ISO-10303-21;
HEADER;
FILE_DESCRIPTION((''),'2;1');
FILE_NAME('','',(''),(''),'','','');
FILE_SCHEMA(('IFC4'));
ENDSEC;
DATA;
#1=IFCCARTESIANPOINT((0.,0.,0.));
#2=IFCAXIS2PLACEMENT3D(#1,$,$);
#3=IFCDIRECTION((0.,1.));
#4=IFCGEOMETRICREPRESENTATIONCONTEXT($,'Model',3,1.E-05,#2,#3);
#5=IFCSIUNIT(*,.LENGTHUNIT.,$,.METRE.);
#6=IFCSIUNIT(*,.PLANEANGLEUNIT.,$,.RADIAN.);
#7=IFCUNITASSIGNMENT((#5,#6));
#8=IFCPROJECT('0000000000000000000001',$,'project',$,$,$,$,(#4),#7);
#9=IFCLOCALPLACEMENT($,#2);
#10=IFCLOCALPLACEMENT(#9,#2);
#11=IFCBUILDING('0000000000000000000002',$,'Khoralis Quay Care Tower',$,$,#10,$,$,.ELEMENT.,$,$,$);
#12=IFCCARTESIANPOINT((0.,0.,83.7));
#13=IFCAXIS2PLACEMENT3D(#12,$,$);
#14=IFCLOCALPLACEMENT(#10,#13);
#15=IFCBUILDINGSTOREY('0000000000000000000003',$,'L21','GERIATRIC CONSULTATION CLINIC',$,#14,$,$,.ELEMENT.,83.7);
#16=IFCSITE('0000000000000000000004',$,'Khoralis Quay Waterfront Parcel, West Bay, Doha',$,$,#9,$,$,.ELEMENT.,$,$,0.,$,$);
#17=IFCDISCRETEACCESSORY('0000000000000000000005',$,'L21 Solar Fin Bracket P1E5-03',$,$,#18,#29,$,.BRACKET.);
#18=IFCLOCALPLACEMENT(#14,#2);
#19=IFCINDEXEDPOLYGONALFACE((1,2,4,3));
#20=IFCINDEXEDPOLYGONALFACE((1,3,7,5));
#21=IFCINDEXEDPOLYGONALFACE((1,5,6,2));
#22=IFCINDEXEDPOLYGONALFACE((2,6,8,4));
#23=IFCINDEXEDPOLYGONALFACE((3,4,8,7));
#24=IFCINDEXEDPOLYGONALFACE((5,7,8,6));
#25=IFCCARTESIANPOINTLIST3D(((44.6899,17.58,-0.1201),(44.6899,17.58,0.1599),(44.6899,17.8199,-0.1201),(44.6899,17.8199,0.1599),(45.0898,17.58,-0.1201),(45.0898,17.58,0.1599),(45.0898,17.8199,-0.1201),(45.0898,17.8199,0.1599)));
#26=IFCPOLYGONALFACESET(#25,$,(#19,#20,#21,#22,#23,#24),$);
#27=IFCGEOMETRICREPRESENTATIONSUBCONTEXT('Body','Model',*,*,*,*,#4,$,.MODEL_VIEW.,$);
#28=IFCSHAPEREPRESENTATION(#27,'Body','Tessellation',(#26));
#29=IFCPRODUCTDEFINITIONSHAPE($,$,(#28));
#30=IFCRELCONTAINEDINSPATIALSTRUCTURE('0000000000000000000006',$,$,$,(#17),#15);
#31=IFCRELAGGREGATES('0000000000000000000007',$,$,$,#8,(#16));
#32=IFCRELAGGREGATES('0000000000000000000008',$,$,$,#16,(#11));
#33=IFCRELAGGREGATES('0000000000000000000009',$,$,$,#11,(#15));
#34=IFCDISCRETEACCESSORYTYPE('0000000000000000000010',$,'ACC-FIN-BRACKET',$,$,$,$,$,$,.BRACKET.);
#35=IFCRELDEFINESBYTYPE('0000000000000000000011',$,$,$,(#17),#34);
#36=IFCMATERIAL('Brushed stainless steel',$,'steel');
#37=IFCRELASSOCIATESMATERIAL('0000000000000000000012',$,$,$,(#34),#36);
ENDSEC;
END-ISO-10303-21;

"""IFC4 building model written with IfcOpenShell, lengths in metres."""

from ifc_helpers import new_model, si_unit, direction, frame, origin, origin_2d, place, context, subcontext, project, spatial, rectangle, extrude, source, transform, mapped, material, type_object, element, save


model = new_model("IFC4")

# Units and contexts
model_context = context("Model", 3, precision=1e-05, world=origin(), true_north=direction((0.0, 1.0)))
body_context = subcontext(model_context, "Body", "Model", "MODEL_VIEW")
ifc_project = project(units=[si_unit("LENGTHUNIT", "METRE"), si_unit("PLANEANGLEUNIT", "RADIAN")], contexts=[model_context])

# Site, building, storey
site_placement = place(None, origin())
site = spatial("IfcSite", under=ifc_project, at=site_placement, Name="Khoralis Quay Waterfront Parcel, West Bay, Doha", CompositionType="ELEMENT", RefElevation=0.0)
building_placement = place(site_placement, origin())
building = spatial("IfcBuilding", under=site, at=building_placement, Name="Khoralis Quay Care Tower", CompositionType="ELEMENT")
storey_placement = place(building_placement, frame((0.0, 0.0, 83.7)))
storey = spatial("IfcBuildingStorey", under=building, at=storey_placement, Name="L21", Description="GERIATRIC CONSULTATION CLINIC", CompositionType="ELEMENT", Elevation=83.7)

# Shared definitions
ifc_material_1 = material(Name="Brushed stainless steel", Category="steel")

# Discrete accessory
discrete_accessory_type = type_object("IfcDiscreteAccessoryType", Name="ACC-FIN-BRACKET", PredefinedType="BRACKET", material=ifc_material_1)
shared_shape_1 = source(origin(), body_context, "Body", "SweptSolid", [
    extrude(rectangle(XDim=0.3999, YDim=0.24, at=origin_2d()), origin(), (0.0, 0.0, 1.0), 0.28),
])
for number, where, z_axis, x_axis, name in (
    (1, (44.8899, 17.7, -0.1201), (0.0, 0.0, 1.0), (1.0, 0.0, 0.0), "L21 Solar Fin Bracket P1E5-03"),
):
    element("IfcDiscreteAccessory", number, at=place(storey_placement, frame(where, z_axis=z_axis, x_axis=x_axis)), inside=storey, type_object=discrete_accessory_type, Name=name, PredefinedType="BRACKET", context=body_context, shape_type="MappedRepresentation", body=[
        mapped(shared_shape_1, transform((0.0, 0.0, 0.0), scale=1.0)),
    ])

save(model, "model.ifc")
